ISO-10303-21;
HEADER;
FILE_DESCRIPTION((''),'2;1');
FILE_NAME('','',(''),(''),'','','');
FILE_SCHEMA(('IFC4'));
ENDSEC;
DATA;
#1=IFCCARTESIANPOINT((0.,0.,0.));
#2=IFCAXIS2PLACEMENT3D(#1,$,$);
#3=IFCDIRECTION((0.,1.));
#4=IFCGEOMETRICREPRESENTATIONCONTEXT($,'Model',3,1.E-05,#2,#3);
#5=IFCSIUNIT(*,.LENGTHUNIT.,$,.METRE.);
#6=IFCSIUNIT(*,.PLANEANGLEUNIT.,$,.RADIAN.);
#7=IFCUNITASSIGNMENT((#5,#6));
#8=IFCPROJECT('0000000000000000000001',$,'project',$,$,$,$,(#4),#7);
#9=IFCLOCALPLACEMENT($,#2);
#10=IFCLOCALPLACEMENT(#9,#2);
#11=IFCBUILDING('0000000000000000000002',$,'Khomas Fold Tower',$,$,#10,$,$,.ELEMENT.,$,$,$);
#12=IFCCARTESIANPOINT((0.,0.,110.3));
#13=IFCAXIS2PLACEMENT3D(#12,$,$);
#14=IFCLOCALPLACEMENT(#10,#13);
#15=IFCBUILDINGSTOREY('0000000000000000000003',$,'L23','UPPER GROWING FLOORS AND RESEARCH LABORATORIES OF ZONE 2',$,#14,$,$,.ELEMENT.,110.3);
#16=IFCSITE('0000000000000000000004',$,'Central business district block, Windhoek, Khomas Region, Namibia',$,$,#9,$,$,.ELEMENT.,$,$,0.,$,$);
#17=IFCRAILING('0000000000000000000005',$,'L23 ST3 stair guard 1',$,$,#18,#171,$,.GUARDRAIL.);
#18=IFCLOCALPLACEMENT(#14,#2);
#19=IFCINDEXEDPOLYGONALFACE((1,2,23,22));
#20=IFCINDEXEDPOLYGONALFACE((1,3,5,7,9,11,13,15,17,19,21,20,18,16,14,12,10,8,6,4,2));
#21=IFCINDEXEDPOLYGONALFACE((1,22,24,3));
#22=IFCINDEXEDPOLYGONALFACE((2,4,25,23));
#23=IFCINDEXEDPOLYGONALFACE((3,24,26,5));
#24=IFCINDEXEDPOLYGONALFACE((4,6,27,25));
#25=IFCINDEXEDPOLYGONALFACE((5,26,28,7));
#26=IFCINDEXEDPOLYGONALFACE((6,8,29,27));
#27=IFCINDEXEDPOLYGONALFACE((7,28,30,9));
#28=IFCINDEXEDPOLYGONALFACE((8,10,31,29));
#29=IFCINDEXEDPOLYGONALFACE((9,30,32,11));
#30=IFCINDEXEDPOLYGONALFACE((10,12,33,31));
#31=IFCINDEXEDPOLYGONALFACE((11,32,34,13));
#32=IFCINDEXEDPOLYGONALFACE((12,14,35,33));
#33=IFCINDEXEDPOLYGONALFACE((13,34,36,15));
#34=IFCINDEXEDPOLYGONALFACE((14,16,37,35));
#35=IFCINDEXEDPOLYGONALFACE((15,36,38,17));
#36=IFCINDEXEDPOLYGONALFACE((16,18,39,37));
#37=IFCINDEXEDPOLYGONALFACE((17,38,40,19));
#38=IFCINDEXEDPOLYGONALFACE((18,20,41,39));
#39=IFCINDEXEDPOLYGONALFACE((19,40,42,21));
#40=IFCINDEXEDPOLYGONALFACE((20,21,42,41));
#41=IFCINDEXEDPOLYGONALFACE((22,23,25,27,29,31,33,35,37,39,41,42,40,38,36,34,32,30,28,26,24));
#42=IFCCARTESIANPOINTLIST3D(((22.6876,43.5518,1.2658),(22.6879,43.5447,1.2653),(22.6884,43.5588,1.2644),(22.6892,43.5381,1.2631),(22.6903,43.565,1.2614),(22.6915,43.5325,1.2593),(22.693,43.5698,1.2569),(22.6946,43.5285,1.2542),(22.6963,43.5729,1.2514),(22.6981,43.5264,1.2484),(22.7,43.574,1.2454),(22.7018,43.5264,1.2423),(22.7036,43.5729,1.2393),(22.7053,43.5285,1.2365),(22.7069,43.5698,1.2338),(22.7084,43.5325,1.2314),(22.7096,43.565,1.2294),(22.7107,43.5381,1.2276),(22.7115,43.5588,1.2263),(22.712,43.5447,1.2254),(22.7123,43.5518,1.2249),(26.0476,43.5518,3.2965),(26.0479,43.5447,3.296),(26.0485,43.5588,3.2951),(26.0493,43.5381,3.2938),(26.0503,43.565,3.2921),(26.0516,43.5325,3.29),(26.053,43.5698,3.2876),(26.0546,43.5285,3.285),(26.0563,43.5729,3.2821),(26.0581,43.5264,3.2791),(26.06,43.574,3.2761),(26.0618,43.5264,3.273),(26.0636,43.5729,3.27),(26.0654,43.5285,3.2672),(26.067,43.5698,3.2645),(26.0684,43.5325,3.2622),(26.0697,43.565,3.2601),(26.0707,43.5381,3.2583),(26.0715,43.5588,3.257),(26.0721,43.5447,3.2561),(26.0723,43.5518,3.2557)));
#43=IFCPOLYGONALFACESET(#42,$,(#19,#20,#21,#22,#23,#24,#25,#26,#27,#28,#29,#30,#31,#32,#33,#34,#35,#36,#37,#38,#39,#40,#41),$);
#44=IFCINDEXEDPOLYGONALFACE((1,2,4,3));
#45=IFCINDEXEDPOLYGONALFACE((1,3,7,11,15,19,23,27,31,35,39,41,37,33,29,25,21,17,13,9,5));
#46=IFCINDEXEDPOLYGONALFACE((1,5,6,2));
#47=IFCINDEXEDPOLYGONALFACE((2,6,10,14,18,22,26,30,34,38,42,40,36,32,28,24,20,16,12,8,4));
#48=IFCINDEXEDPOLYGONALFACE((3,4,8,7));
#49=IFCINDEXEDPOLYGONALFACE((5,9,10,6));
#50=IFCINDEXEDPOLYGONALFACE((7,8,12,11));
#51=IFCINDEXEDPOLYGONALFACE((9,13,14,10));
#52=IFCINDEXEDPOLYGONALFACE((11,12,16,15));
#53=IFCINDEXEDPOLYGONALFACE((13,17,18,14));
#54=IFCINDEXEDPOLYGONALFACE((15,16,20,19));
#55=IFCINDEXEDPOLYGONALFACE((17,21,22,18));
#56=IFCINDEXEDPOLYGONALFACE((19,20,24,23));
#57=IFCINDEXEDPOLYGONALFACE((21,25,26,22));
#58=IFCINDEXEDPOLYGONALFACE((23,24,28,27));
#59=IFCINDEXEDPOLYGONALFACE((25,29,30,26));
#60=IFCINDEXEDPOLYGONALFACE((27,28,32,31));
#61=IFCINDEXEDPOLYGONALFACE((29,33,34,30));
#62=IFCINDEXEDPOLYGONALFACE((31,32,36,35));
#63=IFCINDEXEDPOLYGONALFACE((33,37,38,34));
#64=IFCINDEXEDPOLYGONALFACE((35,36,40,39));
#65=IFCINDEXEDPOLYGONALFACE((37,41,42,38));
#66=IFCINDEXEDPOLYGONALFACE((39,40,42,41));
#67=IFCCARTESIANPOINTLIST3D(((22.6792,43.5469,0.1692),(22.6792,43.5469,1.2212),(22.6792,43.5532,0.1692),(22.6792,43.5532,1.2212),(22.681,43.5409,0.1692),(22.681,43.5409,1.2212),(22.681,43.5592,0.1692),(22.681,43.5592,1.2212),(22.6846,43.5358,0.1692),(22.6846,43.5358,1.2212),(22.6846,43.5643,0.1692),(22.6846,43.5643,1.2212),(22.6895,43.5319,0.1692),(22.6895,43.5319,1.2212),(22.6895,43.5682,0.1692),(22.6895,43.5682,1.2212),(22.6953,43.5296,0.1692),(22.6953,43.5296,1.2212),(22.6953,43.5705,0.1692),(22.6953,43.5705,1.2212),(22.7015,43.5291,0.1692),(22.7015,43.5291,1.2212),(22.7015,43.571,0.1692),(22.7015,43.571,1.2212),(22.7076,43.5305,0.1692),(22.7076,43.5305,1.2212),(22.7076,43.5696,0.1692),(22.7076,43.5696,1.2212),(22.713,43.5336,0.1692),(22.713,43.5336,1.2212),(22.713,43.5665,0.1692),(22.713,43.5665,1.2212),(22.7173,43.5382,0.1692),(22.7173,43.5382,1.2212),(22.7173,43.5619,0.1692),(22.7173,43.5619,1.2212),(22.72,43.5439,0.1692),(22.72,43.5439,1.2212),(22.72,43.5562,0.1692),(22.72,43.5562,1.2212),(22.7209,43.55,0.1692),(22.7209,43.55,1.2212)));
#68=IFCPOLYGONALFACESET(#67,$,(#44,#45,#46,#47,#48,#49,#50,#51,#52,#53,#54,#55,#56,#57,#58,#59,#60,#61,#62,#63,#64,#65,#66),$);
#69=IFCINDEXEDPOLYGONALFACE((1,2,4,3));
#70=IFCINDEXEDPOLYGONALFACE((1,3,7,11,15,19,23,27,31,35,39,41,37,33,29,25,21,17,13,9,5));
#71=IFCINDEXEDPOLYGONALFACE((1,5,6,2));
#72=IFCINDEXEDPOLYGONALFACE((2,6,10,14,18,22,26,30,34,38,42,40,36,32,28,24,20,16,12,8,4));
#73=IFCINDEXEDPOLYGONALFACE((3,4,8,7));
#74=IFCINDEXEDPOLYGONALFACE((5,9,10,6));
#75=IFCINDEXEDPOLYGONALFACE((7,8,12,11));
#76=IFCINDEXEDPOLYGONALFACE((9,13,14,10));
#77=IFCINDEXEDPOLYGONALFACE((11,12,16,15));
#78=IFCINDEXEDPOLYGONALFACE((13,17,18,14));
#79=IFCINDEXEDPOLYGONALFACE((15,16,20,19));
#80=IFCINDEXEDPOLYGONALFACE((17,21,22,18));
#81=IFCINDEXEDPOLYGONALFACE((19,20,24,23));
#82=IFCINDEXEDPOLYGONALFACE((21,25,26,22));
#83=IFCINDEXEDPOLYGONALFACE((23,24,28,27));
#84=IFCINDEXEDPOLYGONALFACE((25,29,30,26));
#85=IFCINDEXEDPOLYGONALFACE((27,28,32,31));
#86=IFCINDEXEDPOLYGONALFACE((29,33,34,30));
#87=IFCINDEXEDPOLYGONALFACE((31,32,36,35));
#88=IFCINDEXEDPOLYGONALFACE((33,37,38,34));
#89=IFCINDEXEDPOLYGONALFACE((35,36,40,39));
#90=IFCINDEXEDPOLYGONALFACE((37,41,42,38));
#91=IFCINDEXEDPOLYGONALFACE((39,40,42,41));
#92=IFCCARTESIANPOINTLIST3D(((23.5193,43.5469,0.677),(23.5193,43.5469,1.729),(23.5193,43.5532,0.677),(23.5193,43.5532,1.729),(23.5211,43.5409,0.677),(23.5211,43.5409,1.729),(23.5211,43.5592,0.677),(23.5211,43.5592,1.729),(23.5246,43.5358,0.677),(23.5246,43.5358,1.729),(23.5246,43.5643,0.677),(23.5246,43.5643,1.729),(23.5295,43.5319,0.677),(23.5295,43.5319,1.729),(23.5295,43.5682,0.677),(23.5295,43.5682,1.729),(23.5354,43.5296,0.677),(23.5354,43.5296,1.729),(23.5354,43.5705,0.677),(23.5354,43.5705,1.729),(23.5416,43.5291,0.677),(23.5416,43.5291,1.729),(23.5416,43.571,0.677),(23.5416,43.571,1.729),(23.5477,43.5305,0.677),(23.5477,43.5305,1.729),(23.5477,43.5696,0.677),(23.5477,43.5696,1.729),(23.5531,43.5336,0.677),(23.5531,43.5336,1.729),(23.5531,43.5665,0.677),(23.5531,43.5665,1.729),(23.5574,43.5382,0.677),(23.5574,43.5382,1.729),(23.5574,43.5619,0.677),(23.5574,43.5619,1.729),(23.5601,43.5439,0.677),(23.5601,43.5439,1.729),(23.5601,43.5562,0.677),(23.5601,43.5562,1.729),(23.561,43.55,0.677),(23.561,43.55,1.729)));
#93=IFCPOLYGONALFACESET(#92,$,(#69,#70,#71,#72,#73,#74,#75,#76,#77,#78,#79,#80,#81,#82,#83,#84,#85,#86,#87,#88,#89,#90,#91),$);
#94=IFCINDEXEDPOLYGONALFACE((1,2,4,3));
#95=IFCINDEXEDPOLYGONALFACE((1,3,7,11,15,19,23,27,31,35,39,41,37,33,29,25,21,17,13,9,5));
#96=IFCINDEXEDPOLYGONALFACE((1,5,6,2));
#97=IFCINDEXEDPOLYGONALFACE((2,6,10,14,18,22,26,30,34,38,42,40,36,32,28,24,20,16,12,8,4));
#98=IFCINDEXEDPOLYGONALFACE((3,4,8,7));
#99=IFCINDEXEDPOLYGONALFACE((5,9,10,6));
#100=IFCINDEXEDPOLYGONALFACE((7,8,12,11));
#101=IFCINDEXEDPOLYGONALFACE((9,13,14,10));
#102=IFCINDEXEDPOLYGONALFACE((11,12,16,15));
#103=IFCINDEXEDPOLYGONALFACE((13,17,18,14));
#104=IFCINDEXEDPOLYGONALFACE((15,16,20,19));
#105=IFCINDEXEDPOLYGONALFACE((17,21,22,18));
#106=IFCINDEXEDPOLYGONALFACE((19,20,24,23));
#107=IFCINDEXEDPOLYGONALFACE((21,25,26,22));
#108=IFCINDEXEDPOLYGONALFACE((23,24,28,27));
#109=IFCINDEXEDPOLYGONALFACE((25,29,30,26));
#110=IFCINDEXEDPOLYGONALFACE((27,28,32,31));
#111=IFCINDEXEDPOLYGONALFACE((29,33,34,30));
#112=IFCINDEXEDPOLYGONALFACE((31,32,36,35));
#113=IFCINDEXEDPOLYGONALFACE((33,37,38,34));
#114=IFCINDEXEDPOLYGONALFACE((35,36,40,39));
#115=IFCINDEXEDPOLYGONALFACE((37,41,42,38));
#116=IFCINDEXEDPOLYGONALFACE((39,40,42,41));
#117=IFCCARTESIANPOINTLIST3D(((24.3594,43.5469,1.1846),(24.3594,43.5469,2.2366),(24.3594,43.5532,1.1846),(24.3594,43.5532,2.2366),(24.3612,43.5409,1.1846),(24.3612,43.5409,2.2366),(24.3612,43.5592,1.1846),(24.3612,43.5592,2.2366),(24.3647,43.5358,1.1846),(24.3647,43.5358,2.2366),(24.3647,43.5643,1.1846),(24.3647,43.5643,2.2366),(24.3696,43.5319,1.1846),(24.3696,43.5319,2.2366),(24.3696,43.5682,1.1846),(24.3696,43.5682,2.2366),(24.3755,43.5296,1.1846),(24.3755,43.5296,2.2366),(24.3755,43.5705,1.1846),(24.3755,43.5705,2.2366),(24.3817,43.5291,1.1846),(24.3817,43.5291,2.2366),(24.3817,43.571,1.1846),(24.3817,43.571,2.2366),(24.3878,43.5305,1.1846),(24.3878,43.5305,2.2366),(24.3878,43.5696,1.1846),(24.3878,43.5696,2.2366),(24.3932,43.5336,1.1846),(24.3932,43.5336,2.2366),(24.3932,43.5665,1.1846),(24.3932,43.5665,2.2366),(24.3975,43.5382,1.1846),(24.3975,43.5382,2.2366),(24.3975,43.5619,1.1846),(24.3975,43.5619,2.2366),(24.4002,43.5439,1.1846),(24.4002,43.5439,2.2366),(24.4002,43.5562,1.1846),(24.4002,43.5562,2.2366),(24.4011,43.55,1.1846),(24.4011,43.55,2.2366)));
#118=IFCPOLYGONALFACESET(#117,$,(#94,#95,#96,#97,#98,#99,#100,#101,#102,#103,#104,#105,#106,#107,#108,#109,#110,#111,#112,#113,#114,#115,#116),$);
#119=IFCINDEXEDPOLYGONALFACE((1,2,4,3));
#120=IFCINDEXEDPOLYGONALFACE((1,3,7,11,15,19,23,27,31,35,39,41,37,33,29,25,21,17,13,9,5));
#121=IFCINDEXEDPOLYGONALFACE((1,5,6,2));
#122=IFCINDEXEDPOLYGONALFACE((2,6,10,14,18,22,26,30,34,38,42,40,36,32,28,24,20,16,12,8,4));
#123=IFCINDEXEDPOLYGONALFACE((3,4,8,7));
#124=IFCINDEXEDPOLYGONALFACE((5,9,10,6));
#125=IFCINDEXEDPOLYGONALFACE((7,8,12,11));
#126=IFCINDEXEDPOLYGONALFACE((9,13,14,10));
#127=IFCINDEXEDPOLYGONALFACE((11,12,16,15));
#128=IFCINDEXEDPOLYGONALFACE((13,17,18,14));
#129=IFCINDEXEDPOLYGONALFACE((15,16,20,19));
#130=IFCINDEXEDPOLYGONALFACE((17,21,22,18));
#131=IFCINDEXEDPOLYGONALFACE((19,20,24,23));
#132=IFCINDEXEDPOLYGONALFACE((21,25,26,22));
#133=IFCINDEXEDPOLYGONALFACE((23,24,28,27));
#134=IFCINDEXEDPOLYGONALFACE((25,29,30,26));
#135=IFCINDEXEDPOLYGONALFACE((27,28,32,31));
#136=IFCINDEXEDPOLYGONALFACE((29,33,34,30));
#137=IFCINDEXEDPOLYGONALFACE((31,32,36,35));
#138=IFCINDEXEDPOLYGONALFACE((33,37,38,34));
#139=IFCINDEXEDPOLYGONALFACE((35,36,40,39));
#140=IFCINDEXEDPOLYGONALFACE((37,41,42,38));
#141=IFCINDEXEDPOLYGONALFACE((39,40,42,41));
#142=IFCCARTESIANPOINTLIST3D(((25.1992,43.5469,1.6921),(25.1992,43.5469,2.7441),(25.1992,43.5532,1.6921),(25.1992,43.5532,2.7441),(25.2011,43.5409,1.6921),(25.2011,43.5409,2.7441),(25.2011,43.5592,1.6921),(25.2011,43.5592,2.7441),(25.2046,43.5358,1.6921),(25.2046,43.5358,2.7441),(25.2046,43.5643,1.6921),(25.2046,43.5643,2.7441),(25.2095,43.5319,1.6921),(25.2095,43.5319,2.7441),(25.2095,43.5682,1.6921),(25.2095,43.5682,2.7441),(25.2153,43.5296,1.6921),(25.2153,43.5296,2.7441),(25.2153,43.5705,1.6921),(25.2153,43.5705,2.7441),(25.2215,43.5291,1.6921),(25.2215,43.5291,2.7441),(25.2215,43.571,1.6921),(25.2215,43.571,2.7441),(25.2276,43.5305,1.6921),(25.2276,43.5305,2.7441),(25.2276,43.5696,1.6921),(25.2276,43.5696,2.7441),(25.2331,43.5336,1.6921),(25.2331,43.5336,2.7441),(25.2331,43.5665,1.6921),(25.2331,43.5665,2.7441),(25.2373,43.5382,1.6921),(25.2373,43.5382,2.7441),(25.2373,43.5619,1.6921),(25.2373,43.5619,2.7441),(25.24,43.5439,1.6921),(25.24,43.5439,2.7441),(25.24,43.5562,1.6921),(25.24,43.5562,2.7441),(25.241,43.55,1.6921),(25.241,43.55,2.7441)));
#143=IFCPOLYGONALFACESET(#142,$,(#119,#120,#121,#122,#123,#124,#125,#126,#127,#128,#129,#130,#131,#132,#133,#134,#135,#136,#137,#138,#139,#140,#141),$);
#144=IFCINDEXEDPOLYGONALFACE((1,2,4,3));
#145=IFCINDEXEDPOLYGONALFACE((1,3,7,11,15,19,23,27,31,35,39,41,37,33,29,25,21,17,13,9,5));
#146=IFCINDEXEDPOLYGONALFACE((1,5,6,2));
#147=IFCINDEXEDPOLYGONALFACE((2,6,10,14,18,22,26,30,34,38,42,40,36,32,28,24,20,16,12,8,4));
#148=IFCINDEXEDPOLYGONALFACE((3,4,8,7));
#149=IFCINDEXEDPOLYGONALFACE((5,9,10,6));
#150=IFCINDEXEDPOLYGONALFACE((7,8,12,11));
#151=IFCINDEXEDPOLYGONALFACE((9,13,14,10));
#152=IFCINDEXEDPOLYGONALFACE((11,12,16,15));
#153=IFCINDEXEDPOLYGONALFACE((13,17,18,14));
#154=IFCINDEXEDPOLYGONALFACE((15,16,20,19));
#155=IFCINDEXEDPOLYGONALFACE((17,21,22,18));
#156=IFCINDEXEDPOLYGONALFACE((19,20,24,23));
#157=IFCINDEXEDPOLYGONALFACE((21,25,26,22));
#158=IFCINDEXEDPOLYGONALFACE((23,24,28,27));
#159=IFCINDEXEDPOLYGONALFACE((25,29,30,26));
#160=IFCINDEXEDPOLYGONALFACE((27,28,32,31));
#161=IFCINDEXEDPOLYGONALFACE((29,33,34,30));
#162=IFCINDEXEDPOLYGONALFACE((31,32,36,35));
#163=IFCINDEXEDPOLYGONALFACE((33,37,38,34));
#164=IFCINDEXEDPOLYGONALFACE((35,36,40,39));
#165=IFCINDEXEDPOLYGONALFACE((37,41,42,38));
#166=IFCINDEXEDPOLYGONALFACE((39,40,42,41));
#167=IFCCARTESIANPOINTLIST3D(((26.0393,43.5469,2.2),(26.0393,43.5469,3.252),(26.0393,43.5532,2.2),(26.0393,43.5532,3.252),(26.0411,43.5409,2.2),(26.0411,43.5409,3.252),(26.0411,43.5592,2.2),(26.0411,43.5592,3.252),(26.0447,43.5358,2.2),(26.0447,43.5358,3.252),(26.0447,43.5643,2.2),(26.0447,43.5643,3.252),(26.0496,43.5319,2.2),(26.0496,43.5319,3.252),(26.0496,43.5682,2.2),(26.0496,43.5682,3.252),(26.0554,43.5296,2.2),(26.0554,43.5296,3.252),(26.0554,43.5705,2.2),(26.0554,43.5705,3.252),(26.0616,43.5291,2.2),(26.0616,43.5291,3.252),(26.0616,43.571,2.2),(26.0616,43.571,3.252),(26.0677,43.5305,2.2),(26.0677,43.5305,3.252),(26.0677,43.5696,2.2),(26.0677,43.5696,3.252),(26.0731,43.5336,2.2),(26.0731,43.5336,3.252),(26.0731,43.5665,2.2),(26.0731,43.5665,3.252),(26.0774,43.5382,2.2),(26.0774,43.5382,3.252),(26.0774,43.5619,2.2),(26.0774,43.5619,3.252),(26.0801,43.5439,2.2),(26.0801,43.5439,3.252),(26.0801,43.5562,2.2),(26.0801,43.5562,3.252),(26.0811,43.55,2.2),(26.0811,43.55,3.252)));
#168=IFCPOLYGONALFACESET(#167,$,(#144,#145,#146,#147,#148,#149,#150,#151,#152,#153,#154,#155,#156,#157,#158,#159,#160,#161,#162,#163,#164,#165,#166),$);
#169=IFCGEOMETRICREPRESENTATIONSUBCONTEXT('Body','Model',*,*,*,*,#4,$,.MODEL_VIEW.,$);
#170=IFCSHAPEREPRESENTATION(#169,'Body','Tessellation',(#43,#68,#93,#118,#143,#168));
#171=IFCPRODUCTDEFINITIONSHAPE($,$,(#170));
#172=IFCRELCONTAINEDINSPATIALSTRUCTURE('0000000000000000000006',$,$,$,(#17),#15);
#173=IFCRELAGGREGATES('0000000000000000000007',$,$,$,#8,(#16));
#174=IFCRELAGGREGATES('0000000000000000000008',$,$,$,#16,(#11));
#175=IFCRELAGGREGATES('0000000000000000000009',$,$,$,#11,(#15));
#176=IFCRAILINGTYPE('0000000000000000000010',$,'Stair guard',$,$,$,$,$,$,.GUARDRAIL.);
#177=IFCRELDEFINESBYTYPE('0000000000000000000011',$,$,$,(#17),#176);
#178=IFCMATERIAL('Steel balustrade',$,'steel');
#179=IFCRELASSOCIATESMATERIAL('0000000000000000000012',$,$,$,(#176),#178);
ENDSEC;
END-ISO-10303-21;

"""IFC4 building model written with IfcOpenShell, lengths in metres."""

from ifc_helpers import new_model, si_unit, direction, frame, origin, origin_2d, place, context, subcontext, project, spatial, circle, extrude, source, transform, mapped, material, type_object, element, save


model = new_model("IFC4")

# Units and contexts
model_context = context("Model", 3, precision=1e-05, world=origin(), true_north=direction((0.0, 1.0)))
body_context = subcontext(model_context, "Body", "Model", "MODEL_VIEW")
ifc_project = project(units=[si_unit("LENGTHUNIT", "METRE"), si_unit("PLANEANGLEUNIT", "RADIAN")], contexts=[model_context])

# Site, building, storey
site_placement = place(None, origin())
site = spatial("IfcSite", under=ifc_project, at=site_placement, Name="Central business district block, Windhoek, Khomas Region, Namibia", CompositionType="ELEMENT", RefElevation=0.0)
building_placement = place(site_placement, origin())
building = spatial("IfcBuilding", under=site, at=building_placement, Name="Khomas Fold Tower", CompositionType="ELEMENT")
storey_placement = place(building_placement, frame((0.0, 0.0, 110.3)))
storey = spatial("IfcBuildingStorey", under=building, at=storey_placement, Name="L23", Description="UPPER GROWING FLOORS AND RESEARCH LABORATORIES OF ZONE 2", CompositionType="ELEMENT", Elevation=110.3)

# Railing
ifc_material_1 = material(Name="Steel balustrade", Category="steel")
railing_type_1 = type_object("IfcRailingType", Name="Stair guard", PredefinedType="GUARDRAIL", material=ifc_material_1)
shared_shape_1 = source(origin(), body_context, "Body", "SweptSolid", [
    extrude(circle(Radius=0.0239, at=origin_2d()), frame((0.0, 0.0, 1.0762), z_axis=(0.855837, 0.0, 0.517246), x_axis=(0.0, 1.0, 0.0)), (0.0, 0.0, 1.0), 3.926),
    extrude(circle(Radius=0.021, at=origin_2d()), origin(), (0.0, 0.0, 1.0), 1.052),
    extrude(circle(Radius=0.021, at=origin_2d()), frame((0.8401, 0.0, 0.5078)), (0.0, 0.0, 1.0), 1.052),
    extrude(circle(Radius=0.021, at=origin_2d()), frame((1.6802, 0.0, 1.0154)), (0.0, 0.0, 1.0), 1.052),
    extrude(circle(Radius=0.021, at=origin_2d()), frame((2.52, 0.0, 1.5229)), (0.0, 0.0, 1.0), 1.052),
    extrude(circle(Radius=0.021, at=origin_2d()), frame((3.3601, 0.0, 2.0308)), (0.0, 0.0, 1.0), 1.052),
])
railing_1_placement = place(storey_placement, frame((22.7, 43.55, 0.1692)))
element("IfcRailing", 1, at=railing_1_placement, inside=storey, type_object=railing_type_1, Name="L23 ST3 stair guard 1", PredefinedType="GUARDRAIL", context=body_context, shape_type="MappedRepresentation", body=[
    mapped(shared_shape_1, transform((0.0, 0.0, 0.0))),
])

save(model, "model.ifc")
